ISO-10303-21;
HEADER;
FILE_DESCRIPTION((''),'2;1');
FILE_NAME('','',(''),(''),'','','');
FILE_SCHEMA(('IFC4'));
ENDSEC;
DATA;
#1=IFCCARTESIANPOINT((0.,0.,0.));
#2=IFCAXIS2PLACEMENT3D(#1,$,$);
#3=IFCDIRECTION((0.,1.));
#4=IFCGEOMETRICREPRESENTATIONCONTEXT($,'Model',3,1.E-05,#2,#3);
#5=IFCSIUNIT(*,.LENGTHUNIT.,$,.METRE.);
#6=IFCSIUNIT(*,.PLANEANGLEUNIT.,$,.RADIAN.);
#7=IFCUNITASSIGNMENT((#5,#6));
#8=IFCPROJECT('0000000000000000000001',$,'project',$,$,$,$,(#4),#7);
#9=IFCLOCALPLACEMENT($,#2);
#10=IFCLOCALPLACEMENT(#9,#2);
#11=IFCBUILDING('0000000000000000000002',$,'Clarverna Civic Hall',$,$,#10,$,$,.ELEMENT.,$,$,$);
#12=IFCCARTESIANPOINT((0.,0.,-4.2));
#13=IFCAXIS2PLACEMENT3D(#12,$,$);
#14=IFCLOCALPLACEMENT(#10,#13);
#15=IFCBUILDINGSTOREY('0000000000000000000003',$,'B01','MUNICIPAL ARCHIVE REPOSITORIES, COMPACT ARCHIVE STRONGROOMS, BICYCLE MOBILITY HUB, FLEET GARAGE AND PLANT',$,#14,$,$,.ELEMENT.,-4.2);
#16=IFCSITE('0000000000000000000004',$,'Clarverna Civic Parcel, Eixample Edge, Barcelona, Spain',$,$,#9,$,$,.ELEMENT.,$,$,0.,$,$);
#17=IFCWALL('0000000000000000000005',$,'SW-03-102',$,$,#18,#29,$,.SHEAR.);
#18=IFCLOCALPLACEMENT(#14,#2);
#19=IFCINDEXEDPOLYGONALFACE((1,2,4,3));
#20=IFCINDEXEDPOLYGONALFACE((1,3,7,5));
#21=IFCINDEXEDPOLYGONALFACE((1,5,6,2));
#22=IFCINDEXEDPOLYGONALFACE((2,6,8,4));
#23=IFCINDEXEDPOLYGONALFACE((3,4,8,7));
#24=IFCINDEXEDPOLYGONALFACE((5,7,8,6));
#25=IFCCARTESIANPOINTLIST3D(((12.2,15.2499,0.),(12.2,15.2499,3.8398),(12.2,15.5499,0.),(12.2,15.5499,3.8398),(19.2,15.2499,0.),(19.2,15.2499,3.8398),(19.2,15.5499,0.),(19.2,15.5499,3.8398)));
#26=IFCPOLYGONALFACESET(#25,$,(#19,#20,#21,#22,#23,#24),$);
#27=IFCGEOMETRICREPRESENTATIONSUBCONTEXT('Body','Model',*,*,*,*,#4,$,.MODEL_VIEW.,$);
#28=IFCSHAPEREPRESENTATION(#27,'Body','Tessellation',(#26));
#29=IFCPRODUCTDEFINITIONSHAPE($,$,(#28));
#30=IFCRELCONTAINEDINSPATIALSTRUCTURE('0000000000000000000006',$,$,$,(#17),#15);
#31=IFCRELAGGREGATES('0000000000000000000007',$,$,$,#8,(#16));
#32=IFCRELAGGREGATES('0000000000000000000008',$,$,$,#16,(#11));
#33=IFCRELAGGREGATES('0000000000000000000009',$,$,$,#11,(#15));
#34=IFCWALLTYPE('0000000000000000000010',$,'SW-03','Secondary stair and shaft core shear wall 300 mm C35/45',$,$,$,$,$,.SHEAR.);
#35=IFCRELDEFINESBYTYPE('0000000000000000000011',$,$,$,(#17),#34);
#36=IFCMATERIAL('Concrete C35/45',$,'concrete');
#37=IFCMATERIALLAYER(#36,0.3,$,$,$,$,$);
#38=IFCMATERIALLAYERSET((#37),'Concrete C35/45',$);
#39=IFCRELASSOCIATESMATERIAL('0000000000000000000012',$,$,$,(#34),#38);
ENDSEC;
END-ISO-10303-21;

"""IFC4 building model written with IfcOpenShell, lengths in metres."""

from ifc_helpers import new_model, si_unit, direction, frame, frame_2d, origin, place, context, subcontext, project, spatial, rectangle, extrude, material, layer, layer_set, type_object, element, save


model = new_model("IFC4")

# Units and contexts
model_context = context("Model", 3, precision=1e-05, world=origin(), true_north=direction((0.0, 1.0)))
body_context = subcontext(model_context, "Body", "Model", "MODEL_VIEW")
ifc_project = project(units=[si_unit("LENGTHUNIT", "METRE"), si_unit("PLANEANGLEUNIT", "RADIAN")], contexts=[model_context])

# Site, building, storey
site_placement = place(None, origin())
site = spatial("IfcSite", under=ifc_project, at=site_placement, Name="Clarverna Civic Parcel, Eixample Edge, Barcelona, Spain", CompositionType="ELEMENT", RefElevation=0.0)
building_placement = place(site_placement, origin())
building = spatial("IfcBuilding", under=site, at=building_placement, Name="Clarverna Civic Hall", CompositionType="ELEMENT")
storey_placement = place(building_placement, frame((0.0, 0.0, -4.2)))
storey = spatial("IfcBuildingStorey", under=building, at=storey_placement, Name="B01", Description="MUNICIPAL ARCHIVE REPOSITORIES, COMPACT ARCHIVE STRONGROOMS, BICYCLE MOBILITY HUB, FLEET GARAGE AND PLANT", CompositionType="ELEMENT", Elevation=-4.2)

# Shared definitions
ifc_material_1 = material(Name="Concrete C35/45", Category="concrete")

# Shared definitions
ifc_layer = layer(ifc_material_1, 0.3)
ifc_layer_set = layer_set([ifc_layer], Name="Concrete C35/45")
wall_type = type_object("IfcWallType", Name="SW-03", Description="Secondary stair and shaft core shear wall 300 mm C35/45", PredefinedType="SHEAR", material=ifc_layer_set)

# Wall
wall_1_placement = place(storey_placement, frame((12.2, 15.3999, 0.0), z_axis=(0.0, 0.0, 1.0), x_axis=(1.0, 0.0, 0.0)))
element("IfcWall", 1, at=wall_1_placement, inside=storey, type_object=wall_type, Name="SW-03-102", PredefinedType="SHEAR", context=body_context, shape_type="SweptSolid", body=[
    extrude(rectangle(XDim=7.0, YDim=0.3, at=frame_2d((3.5, 0.0))), origin(), (0.0, 0.0, 1.0), 3.8398),
])

save(model, "model.ifc")
